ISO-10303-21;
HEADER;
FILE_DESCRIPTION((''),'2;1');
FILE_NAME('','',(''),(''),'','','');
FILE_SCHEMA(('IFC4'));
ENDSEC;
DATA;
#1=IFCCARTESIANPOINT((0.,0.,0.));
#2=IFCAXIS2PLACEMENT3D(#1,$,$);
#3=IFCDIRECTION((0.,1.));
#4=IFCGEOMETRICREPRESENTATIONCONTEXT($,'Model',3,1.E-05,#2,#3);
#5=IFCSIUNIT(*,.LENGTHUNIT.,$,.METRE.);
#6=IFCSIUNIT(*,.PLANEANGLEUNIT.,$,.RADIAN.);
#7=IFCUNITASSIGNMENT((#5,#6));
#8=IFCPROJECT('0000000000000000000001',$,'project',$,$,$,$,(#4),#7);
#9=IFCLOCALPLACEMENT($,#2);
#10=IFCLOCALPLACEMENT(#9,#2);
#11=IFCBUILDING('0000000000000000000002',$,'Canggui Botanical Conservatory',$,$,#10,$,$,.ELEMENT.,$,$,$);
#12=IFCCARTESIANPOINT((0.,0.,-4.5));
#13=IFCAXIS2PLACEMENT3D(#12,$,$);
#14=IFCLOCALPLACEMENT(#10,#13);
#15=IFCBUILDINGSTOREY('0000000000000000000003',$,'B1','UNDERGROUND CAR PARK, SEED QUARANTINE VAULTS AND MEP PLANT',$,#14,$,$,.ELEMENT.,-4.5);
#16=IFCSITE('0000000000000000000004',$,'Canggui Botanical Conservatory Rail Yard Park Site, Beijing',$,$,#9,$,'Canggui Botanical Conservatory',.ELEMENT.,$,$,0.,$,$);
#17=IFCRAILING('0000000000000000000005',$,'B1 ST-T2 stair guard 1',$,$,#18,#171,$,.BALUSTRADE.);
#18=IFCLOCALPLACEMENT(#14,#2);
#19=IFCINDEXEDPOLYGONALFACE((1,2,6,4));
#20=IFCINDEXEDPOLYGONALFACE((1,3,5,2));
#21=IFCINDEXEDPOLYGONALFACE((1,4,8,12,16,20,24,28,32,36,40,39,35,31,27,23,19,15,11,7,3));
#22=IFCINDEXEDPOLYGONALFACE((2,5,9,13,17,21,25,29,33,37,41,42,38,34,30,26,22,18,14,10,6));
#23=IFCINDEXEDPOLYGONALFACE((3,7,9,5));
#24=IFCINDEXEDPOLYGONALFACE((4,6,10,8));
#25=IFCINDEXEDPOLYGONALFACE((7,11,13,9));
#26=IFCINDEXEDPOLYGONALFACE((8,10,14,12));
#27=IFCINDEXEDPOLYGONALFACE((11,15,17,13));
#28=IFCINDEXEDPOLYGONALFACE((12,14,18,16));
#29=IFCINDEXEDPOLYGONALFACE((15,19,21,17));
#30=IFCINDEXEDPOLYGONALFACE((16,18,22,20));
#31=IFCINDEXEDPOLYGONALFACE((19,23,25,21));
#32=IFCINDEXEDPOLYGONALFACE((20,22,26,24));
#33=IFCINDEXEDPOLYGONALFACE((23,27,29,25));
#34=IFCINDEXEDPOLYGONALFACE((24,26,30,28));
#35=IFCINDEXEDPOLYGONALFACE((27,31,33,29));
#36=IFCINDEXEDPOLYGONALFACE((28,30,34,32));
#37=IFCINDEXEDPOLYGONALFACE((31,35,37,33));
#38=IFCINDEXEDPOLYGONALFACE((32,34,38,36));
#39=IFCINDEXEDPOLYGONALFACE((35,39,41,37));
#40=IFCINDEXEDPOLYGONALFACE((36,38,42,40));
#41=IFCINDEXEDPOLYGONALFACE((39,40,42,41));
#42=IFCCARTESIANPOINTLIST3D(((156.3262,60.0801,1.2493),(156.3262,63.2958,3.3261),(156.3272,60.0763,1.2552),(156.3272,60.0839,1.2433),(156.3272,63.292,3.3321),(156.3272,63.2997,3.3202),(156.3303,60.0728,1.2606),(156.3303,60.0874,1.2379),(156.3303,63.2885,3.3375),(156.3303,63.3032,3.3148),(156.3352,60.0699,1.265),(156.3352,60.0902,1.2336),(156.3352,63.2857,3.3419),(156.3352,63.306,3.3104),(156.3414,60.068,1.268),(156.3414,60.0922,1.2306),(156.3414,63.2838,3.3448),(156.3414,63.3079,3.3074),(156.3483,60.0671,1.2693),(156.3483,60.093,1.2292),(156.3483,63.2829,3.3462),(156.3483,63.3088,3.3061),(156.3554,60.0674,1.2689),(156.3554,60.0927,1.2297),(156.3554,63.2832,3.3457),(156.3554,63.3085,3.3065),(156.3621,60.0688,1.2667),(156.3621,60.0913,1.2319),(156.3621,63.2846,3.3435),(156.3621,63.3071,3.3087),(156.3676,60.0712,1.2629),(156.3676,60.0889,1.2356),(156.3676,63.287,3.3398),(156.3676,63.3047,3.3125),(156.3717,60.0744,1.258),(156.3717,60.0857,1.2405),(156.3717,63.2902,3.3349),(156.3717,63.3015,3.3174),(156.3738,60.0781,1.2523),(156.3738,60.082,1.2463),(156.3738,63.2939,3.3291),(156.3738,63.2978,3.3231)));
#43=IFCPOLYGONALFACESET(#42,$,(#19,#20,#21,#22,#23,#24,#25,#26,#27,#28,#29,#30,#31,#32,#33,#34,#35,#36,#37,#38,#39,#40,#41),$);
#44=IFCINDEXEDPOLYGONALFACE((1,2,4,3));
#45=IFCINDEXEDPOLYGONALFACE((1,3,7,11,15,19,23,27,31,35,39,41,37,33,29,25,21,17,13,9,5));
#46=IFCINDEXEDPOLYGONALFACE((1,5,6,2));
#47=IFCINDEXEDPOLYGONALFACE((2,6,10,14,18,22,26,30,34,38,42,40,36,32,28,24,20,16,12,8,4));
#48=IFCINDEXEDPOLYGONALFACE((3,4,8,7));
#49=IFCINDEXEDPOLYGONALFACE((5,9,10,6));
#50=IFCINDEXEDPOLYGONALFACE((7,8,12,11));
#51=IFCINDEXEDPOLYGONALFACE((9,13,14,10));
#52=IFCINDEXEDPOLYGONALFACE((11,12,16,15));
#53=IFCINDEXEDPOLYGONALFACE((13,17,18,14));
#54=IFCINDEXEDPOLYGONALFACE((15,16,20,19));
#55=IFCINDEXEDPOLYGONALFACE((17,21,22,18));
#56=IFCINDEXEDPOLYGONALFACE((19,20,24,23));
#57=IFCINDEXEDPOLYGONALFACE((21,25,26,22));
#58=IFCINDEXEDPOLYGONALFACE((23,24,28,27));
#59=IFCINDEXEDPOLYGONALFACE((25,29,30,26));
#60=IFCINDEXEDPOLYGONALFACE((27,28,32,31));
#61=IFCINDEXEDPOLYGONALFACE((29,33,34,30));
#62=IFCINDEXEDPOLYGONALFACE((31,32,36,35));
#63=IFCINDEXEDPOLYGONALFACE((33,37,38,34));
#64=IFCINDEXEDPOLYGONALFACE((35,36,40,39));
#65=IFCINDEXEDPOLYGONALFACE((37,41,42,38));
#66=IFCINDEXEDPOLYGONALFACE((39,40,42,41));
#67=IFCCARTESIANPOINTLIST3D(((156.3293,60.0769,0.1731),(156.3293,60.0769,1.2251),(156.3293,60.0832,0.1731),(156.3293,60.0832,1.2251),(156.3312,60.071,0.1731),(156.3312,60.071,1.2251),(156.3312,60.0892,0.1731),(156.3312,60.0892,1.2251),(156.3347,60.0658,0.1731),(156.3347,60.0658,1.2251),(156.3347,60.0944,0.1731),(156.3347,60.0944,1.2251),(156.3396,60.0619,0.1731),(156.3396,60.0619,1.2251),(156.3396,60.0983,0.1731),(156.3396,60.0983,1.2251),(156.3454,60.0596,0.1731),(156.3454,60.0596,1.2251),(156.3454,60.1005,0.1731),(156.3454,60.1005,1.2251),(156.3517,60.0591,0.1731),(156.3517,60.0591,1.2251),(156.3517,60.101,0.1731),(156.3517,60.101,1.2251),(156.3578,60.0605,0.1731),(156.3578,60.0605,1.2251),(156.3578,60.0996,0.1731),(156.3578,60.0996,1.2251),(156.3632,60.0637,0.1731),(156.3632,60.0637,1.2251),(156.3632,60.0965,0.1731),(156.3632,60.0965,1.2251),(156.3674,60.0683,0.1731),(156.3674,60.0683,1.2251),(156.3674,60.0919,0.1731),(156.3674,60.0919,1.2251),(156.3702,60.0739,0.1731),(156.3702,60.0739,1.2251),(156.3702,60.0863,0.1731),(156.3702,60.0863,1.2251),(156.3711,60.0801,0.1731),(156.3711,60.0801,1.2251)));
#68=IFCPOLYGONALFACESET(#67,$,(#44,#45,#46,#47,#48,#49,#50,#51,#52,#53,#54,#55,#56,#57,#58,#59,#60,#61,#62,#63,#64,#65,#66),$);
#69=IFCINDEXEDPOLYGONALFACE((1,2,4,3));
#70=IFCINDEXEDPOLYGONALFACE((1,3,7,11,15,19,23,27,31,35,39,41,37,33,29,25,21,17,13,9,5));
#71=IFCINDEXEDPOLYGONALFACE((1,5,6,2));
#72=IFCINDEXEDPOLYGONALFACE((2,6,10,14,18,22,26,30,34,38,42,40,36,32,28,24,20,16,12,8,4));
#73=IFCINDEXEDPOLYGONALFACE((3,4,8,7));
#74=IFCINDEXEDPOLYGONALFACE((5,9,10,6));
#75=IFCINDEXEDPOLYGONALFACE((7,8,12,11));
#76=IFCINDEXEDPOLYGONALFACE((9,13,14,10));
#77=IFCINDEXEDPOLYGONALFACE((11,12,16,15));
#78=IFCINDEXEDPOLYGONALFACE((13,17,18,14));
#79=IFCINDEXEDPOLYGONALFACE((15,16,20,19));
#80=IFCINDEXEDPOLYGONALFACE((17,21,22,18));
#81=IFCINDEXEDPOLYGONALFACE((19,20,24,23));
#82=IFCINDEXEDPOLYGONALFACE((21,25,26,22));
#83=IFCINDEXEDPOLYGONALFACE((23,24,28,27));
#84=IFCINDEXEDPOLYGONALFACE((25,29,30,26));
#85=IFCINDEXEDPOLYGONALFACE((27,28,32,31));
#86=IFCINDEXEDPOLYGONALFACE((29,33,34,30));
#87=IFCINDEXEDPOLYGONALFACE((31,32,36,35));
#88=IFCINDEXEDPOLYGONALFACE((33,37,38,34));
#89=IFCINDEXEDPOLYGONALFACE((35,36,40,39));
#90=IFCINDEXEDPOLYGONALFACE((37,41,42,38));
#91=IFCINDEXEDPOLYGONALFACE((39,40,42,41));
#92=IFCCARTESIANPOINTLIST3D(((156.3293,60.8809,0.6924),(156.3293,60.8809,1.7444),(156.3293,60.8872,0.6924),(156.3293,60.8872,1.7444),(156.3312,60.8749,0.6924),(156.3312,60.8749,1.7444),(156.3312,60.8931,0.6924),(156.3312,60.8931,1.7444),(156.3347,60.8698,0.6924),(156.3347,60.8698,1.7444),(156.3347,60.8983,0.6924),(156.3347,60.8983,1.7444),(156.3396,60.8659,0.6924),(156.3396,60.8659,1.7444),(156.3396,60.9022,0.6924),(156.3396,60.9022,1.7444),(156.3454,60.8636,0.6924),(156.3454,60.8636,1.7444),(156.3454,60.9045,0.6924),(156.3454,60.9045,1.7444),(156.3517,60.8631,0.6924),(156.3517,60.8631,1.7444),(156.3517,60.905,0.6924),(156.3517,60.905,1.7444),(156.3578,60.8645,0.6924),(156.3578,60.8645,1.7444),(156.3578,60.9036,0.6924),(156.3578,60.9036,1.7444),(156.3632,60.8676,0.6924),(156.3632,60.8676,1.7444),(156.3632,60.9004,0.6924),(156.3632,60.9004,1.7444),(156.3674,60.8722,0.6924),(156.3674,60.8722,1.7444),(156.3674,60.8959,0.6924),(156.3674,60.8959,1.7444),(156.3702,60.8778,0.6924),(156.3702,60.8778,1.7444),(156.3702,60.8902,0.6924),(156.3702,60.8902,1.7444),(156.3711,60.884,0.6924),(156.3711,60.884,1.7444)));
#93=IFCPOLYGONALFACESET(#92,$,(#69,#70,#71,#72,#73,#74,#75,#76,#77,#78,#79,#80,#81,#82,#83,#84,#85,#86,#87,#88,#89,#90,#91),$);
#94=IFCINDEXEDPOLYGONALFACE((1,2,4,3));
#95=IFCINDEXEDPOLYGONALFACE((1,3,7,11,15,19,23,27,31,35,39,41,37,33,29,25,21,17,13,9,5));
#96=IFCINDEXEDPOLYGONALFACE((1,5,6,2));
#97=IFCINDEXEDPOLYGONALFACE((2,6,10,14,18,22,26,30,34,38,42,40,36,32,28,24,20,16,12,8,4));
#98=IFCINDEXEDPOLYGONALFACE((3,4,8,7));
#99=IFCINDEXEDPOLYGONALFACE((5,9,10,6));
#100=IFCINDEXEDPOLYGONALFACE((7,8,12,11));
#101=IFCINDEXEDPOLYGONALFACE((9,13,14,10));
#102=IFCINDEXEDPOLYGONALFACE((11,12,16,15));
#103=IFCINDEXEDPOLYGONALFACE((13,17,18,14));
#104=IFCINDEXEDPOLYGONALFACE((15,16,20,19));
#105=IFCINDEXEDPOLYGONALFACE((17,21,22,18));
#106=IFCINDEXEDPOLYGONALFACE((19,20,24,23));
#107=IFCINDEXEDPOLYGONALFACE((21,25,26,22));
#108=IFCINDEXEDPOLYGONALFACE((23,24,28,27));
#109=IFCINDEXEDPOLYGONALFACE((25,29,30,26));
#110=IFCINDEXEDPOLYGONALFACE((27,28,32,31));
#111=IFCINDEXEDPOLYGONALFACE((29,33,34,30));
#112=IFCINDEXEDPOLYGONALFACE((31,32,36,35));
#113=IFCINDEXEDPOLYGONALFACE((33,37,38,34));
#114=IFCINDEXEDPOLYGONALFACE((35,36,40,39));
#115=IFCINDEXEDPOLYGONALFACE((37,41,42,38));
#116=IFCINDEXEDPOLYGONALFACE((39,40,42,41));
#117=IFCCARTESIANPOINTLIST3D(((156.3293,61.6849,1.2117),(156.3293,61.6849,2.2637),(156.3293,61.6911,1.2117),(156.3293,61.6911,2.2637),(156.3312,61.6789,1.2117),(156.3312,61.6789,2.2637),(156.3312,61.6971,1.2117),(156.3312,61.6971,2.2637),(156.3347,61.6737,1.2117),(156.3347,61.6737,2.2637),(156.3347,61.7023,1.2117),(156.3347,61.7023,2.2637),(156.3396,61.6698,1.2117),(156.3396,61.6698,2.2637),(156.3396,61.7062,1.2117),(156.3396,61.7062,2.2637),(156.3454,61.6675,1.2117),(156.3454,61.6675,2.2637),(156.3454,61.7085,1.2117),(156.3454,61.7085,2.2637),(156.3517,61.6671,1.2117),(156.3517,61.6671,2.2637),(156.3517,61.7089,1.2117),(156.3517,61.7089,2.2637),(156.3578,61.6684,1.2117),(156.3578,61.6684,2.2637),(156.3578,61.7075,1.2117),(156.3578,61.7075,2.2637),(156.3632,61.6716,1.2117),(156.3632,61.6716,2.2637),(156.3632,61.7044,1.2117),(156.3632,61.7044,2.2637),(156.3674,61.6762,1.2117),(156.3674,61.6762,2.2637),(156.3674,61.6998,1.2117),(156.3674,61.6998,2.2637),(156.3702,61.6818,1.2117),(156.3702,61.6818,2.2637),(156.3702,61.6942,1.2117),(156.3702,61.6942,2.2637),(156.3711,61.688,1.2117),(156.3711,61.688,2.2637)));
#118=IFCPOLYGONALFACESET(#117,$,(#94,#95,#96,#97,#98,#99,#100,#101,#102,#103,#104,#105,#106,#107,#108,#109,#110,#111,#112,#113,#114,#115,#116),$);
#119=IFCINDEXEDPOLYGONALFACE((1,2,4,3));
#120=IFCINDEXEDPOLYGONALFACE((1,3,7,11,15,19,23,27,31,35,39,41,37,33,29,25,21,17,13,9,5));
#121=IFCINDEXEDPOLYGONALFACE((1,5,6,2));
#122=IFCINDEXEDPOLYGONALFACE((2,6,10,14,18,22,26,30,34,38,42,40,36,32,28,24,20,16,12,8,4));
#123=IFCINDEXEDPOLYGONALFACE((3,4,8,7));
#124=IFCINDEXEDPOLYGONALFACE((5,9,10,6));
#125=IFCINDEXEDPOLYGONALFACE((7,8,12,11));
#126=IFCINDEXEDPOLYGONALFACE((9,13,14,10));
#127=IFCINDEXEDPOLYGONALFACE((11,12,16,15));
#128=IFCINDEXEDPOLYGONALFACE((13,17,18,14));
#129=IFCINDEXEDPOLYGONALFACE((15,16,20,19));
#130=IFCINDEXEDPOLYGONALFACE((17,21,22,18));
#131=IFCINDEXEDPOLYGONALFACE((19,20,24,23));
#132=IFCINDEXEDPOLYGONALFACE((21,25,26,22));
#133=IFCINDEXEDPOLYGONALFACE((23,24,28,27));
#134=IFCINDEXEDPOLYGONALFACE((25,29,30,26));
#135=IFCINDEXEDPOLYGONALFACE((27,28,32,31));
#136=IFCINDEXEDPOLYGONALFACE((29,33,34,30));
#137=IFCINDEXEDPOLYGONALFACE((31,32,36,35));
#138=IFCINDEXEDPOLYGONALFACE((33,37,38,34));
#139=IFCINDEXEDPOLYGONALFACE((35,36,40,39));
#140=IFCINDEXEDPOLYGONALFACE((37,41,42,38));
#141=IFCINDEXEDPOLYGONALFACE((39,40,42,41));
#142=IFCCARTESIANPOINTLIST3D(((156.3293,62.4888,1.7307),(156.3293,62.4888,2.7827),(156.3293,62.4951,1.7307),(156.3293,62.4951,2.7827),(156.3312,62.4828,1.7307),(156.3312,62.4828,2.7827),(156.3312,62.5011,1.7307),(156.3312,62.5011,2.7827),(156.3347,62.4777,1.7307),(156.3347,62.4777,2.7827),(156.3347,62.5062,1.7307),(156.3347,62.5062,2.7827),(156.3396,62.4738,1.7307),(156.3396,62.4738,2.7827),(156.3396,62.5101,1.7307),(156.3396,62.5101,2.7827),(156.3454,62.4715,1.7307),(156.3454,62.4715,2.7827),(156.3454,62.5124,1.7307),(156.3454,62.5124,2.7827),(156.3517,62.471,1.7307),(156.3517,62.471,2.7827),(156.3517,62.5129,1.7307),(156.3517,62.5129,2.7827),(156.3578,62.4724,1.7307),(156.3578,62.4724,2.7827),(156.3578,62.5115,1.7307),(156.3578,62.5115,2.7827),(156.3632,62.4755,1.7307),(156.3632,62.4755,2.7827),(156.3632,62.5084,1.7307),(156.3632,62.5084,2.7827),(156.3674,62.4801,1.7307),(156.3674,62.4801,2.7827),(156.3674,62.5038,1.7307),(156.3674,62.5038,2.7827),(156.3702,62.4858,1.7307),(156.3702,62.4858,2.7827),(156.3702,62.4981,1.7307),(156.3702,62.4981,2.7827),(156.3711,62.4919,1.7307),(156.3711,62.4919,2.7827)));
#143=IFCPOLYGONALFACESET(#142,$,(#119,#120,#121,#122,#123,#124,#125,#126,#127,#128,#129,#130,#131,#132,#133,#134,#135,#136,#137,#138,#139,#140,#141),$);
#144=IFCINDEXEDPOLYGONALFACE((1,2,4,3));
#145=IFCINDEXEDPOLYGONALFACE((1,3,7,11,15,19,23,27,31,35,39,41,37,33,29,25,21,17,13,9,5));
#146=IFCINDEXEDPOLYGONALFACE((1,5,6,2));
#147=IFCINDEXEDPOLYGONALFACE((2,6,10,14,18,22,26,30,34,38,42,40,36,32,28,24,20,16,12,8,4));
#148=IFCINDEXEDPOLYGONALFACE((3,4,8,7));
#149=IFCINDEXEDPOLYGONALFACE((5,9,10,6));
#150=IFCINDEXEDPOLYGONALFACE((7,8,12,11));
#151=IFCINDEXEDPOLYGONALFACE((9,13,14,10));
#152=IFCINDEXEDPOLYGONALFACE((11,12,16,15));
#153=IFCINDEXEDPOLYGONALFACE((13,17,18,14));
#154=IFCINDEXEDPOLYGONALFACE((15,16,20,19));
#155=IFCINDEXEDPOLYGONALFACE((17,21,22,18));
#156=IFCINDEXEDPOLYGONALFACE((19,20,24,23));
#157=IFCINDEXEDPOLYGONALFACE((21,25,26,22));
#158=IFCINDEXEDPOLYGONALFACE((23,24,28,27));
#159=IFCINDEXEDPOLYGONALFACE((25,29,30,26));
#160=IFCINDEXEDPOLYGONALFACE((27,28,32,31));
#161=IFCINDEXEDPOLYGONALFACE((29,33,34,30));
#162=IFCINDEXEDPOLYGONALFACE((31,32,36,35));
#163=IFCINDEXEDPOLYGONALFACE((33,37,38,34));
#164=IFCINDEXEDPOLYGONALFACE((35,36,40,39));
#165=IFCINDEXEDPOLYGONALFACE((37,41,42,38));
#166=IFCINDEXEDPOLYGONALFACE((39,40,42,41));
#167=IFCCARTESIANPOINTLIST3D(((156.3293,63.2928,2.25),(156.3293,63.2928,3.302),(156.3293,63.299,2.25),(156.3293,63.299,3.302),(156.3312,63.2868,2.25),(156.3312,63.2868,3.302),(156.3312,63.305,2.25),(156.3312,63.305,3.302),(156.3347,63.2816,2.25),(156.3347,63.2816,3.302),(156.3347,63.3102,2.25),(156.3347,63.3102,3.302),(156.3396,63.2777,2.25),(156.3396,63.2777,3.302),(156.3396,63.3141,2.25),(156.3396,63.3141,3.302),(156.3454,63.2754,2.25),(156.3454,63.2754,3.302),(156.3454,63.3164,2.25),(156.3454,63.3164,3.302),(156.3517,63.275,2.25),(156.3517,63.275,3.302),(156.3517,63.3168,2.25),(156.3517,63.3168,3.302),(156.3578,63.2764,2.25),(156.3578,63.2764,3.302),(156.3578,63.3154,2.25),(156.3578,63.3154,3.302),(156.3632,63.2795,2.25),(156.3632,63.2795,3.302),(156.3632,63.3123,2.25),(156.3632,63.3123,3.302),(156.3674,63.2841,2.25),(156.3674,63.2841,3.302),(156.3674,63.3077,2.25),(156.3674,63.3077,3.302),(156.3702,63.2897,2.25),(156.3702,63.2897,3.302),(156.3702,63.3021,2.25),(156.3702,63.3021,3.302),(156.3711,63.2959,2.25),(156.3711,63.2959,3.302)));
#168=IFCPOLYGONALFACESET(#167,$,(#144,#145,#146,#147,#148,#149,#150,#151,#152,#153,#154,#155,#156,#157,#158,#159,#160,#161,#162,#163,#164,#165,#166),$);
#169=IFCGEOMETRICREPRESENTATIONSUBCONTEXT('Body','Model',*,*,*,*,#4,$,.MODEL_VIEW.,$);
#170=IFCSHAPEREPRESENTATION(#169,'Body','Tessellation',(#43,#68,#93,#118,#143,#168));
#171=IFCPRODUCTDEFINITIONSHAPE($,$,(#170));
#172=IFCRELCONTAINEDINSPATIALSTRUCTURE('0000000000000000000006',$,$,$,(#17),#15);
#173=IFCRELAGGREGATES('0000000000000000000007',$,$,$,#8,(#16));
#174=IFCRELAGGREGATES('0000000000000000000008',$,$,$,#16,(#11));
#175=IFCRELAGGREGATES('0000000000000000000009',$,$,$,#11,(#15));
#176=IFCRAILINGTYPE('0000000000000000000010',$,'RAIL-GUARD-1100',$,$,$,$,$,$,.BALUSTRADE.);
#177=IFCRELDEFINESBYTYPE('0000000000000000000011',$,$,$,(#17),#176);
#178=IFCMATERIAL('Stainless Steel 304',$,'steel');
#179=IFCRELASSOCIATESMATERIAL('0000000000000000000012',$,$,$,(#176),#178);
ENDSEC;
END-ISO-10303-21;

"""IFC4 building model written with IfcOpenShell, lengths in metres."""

from ifc_helpers import new_model, si_unit, direction, frame, origin, origin_2d, place, context, subcontext, project, spatial, circle, extrude, material, type_object, element, save


model = new_model("IFC4")

# Units and contexts
model_context = context("Model", 3, precision=1e-05, world=origin(), true_north=direction((0.0, 1.0)))
body_context = subcontext(model_context, "Body", "Model", "MODEL_VIEW")
ifc_project = project(units=[si_unit("LENGTHUNIT", "METRE"), si_unit("PLANEANGLEUNIT", "RADIAN")], contexts=[model_context])

# Site, building, storey
site_placement = place(None, origin())
site = spatial("IfcSite", under=ifc_project, at=site_placement, Name="Canggui Botanical Conservatory Rail Yard Park Site, Beijing", LongName="Canggui Botanical Conservatory", CompositionType="ELEMENT", RefElevation=0.0)
building_placement = place(site_placement, origin())
building = spatial("IfcBuilding", under=site, at=building_placement, Name="Canggui Botanical Conservatory", CompositionType="ELEMENT")
storey_placement = place(building_placement, frame((0.0, 0.0, -4.5)))
storey = spatial("IfcBuildingStorey", under=building, at=storey_placement, Name="B1", Description="UNDERGROUND CAR PARK, SEED QUARANTINE VAULTS AND MEP PLANT", CompositionType="ELEMENT", Elevation=-4.5)

# Railing
ifc_material_1 = material(Name="Stainless Steel 304", Category="steel")
railing_type_1 = type_object("IfcRailingType", Name="RAIL-GUARD-1100", PredefinedType="BALUSTRADE", material=ifc_material_1)
railing_1_placement = place(storey_placement, frame((156.3501, 60.0801, 0.1731)))
element("IfcRailing", 1, at=railing_1_placement, inside=storey, type_object=railing_type_1, Name="B1 ST-T2 stair guard 1", PredefinedType="BALUSTRADE", context=body_context, shape_type="SweptSolid", body=[
    extrude(circle(Radius=0.0239, at=origin_2d()), frame((0.0, 0.0, 1.0762), z_axis=(0.0, 0.840037, 0.542529), x_axis=(-1.0, 0.0, 0.0)), (0.0, 0.0, 1.0), 3.8281),
    extrude(circle(Radius=0.021, at=origin_2d()), origin(), (0.0, 0.0, 1.0), 1.052),
    extrude(circle(Radius=0.021, at=origin_2d()), frame((0.0, 0.804, 0.5193)), (0.0, 0.0, 1.0), 1.052),
    extrude(circle(Radius=0.021, at=origin_2d()), frame((0.0, 1.6079, 1.0386)), (0.0, 0.0, 1.0), 1.052),
    extrude(circle(Radius=0.021, at=origin_2d()), frame((0.0, 2.4119, 1.5576)), (0.0, 0.0, 1.0), 1.052),
    extrude(circle(Radius=0.021, at=origin_2d()), frame((0.0, 3.2158, 2.0769)), (0.0, 0.0, 1.0), 1.052),
])

save(model, "model.ifc")
